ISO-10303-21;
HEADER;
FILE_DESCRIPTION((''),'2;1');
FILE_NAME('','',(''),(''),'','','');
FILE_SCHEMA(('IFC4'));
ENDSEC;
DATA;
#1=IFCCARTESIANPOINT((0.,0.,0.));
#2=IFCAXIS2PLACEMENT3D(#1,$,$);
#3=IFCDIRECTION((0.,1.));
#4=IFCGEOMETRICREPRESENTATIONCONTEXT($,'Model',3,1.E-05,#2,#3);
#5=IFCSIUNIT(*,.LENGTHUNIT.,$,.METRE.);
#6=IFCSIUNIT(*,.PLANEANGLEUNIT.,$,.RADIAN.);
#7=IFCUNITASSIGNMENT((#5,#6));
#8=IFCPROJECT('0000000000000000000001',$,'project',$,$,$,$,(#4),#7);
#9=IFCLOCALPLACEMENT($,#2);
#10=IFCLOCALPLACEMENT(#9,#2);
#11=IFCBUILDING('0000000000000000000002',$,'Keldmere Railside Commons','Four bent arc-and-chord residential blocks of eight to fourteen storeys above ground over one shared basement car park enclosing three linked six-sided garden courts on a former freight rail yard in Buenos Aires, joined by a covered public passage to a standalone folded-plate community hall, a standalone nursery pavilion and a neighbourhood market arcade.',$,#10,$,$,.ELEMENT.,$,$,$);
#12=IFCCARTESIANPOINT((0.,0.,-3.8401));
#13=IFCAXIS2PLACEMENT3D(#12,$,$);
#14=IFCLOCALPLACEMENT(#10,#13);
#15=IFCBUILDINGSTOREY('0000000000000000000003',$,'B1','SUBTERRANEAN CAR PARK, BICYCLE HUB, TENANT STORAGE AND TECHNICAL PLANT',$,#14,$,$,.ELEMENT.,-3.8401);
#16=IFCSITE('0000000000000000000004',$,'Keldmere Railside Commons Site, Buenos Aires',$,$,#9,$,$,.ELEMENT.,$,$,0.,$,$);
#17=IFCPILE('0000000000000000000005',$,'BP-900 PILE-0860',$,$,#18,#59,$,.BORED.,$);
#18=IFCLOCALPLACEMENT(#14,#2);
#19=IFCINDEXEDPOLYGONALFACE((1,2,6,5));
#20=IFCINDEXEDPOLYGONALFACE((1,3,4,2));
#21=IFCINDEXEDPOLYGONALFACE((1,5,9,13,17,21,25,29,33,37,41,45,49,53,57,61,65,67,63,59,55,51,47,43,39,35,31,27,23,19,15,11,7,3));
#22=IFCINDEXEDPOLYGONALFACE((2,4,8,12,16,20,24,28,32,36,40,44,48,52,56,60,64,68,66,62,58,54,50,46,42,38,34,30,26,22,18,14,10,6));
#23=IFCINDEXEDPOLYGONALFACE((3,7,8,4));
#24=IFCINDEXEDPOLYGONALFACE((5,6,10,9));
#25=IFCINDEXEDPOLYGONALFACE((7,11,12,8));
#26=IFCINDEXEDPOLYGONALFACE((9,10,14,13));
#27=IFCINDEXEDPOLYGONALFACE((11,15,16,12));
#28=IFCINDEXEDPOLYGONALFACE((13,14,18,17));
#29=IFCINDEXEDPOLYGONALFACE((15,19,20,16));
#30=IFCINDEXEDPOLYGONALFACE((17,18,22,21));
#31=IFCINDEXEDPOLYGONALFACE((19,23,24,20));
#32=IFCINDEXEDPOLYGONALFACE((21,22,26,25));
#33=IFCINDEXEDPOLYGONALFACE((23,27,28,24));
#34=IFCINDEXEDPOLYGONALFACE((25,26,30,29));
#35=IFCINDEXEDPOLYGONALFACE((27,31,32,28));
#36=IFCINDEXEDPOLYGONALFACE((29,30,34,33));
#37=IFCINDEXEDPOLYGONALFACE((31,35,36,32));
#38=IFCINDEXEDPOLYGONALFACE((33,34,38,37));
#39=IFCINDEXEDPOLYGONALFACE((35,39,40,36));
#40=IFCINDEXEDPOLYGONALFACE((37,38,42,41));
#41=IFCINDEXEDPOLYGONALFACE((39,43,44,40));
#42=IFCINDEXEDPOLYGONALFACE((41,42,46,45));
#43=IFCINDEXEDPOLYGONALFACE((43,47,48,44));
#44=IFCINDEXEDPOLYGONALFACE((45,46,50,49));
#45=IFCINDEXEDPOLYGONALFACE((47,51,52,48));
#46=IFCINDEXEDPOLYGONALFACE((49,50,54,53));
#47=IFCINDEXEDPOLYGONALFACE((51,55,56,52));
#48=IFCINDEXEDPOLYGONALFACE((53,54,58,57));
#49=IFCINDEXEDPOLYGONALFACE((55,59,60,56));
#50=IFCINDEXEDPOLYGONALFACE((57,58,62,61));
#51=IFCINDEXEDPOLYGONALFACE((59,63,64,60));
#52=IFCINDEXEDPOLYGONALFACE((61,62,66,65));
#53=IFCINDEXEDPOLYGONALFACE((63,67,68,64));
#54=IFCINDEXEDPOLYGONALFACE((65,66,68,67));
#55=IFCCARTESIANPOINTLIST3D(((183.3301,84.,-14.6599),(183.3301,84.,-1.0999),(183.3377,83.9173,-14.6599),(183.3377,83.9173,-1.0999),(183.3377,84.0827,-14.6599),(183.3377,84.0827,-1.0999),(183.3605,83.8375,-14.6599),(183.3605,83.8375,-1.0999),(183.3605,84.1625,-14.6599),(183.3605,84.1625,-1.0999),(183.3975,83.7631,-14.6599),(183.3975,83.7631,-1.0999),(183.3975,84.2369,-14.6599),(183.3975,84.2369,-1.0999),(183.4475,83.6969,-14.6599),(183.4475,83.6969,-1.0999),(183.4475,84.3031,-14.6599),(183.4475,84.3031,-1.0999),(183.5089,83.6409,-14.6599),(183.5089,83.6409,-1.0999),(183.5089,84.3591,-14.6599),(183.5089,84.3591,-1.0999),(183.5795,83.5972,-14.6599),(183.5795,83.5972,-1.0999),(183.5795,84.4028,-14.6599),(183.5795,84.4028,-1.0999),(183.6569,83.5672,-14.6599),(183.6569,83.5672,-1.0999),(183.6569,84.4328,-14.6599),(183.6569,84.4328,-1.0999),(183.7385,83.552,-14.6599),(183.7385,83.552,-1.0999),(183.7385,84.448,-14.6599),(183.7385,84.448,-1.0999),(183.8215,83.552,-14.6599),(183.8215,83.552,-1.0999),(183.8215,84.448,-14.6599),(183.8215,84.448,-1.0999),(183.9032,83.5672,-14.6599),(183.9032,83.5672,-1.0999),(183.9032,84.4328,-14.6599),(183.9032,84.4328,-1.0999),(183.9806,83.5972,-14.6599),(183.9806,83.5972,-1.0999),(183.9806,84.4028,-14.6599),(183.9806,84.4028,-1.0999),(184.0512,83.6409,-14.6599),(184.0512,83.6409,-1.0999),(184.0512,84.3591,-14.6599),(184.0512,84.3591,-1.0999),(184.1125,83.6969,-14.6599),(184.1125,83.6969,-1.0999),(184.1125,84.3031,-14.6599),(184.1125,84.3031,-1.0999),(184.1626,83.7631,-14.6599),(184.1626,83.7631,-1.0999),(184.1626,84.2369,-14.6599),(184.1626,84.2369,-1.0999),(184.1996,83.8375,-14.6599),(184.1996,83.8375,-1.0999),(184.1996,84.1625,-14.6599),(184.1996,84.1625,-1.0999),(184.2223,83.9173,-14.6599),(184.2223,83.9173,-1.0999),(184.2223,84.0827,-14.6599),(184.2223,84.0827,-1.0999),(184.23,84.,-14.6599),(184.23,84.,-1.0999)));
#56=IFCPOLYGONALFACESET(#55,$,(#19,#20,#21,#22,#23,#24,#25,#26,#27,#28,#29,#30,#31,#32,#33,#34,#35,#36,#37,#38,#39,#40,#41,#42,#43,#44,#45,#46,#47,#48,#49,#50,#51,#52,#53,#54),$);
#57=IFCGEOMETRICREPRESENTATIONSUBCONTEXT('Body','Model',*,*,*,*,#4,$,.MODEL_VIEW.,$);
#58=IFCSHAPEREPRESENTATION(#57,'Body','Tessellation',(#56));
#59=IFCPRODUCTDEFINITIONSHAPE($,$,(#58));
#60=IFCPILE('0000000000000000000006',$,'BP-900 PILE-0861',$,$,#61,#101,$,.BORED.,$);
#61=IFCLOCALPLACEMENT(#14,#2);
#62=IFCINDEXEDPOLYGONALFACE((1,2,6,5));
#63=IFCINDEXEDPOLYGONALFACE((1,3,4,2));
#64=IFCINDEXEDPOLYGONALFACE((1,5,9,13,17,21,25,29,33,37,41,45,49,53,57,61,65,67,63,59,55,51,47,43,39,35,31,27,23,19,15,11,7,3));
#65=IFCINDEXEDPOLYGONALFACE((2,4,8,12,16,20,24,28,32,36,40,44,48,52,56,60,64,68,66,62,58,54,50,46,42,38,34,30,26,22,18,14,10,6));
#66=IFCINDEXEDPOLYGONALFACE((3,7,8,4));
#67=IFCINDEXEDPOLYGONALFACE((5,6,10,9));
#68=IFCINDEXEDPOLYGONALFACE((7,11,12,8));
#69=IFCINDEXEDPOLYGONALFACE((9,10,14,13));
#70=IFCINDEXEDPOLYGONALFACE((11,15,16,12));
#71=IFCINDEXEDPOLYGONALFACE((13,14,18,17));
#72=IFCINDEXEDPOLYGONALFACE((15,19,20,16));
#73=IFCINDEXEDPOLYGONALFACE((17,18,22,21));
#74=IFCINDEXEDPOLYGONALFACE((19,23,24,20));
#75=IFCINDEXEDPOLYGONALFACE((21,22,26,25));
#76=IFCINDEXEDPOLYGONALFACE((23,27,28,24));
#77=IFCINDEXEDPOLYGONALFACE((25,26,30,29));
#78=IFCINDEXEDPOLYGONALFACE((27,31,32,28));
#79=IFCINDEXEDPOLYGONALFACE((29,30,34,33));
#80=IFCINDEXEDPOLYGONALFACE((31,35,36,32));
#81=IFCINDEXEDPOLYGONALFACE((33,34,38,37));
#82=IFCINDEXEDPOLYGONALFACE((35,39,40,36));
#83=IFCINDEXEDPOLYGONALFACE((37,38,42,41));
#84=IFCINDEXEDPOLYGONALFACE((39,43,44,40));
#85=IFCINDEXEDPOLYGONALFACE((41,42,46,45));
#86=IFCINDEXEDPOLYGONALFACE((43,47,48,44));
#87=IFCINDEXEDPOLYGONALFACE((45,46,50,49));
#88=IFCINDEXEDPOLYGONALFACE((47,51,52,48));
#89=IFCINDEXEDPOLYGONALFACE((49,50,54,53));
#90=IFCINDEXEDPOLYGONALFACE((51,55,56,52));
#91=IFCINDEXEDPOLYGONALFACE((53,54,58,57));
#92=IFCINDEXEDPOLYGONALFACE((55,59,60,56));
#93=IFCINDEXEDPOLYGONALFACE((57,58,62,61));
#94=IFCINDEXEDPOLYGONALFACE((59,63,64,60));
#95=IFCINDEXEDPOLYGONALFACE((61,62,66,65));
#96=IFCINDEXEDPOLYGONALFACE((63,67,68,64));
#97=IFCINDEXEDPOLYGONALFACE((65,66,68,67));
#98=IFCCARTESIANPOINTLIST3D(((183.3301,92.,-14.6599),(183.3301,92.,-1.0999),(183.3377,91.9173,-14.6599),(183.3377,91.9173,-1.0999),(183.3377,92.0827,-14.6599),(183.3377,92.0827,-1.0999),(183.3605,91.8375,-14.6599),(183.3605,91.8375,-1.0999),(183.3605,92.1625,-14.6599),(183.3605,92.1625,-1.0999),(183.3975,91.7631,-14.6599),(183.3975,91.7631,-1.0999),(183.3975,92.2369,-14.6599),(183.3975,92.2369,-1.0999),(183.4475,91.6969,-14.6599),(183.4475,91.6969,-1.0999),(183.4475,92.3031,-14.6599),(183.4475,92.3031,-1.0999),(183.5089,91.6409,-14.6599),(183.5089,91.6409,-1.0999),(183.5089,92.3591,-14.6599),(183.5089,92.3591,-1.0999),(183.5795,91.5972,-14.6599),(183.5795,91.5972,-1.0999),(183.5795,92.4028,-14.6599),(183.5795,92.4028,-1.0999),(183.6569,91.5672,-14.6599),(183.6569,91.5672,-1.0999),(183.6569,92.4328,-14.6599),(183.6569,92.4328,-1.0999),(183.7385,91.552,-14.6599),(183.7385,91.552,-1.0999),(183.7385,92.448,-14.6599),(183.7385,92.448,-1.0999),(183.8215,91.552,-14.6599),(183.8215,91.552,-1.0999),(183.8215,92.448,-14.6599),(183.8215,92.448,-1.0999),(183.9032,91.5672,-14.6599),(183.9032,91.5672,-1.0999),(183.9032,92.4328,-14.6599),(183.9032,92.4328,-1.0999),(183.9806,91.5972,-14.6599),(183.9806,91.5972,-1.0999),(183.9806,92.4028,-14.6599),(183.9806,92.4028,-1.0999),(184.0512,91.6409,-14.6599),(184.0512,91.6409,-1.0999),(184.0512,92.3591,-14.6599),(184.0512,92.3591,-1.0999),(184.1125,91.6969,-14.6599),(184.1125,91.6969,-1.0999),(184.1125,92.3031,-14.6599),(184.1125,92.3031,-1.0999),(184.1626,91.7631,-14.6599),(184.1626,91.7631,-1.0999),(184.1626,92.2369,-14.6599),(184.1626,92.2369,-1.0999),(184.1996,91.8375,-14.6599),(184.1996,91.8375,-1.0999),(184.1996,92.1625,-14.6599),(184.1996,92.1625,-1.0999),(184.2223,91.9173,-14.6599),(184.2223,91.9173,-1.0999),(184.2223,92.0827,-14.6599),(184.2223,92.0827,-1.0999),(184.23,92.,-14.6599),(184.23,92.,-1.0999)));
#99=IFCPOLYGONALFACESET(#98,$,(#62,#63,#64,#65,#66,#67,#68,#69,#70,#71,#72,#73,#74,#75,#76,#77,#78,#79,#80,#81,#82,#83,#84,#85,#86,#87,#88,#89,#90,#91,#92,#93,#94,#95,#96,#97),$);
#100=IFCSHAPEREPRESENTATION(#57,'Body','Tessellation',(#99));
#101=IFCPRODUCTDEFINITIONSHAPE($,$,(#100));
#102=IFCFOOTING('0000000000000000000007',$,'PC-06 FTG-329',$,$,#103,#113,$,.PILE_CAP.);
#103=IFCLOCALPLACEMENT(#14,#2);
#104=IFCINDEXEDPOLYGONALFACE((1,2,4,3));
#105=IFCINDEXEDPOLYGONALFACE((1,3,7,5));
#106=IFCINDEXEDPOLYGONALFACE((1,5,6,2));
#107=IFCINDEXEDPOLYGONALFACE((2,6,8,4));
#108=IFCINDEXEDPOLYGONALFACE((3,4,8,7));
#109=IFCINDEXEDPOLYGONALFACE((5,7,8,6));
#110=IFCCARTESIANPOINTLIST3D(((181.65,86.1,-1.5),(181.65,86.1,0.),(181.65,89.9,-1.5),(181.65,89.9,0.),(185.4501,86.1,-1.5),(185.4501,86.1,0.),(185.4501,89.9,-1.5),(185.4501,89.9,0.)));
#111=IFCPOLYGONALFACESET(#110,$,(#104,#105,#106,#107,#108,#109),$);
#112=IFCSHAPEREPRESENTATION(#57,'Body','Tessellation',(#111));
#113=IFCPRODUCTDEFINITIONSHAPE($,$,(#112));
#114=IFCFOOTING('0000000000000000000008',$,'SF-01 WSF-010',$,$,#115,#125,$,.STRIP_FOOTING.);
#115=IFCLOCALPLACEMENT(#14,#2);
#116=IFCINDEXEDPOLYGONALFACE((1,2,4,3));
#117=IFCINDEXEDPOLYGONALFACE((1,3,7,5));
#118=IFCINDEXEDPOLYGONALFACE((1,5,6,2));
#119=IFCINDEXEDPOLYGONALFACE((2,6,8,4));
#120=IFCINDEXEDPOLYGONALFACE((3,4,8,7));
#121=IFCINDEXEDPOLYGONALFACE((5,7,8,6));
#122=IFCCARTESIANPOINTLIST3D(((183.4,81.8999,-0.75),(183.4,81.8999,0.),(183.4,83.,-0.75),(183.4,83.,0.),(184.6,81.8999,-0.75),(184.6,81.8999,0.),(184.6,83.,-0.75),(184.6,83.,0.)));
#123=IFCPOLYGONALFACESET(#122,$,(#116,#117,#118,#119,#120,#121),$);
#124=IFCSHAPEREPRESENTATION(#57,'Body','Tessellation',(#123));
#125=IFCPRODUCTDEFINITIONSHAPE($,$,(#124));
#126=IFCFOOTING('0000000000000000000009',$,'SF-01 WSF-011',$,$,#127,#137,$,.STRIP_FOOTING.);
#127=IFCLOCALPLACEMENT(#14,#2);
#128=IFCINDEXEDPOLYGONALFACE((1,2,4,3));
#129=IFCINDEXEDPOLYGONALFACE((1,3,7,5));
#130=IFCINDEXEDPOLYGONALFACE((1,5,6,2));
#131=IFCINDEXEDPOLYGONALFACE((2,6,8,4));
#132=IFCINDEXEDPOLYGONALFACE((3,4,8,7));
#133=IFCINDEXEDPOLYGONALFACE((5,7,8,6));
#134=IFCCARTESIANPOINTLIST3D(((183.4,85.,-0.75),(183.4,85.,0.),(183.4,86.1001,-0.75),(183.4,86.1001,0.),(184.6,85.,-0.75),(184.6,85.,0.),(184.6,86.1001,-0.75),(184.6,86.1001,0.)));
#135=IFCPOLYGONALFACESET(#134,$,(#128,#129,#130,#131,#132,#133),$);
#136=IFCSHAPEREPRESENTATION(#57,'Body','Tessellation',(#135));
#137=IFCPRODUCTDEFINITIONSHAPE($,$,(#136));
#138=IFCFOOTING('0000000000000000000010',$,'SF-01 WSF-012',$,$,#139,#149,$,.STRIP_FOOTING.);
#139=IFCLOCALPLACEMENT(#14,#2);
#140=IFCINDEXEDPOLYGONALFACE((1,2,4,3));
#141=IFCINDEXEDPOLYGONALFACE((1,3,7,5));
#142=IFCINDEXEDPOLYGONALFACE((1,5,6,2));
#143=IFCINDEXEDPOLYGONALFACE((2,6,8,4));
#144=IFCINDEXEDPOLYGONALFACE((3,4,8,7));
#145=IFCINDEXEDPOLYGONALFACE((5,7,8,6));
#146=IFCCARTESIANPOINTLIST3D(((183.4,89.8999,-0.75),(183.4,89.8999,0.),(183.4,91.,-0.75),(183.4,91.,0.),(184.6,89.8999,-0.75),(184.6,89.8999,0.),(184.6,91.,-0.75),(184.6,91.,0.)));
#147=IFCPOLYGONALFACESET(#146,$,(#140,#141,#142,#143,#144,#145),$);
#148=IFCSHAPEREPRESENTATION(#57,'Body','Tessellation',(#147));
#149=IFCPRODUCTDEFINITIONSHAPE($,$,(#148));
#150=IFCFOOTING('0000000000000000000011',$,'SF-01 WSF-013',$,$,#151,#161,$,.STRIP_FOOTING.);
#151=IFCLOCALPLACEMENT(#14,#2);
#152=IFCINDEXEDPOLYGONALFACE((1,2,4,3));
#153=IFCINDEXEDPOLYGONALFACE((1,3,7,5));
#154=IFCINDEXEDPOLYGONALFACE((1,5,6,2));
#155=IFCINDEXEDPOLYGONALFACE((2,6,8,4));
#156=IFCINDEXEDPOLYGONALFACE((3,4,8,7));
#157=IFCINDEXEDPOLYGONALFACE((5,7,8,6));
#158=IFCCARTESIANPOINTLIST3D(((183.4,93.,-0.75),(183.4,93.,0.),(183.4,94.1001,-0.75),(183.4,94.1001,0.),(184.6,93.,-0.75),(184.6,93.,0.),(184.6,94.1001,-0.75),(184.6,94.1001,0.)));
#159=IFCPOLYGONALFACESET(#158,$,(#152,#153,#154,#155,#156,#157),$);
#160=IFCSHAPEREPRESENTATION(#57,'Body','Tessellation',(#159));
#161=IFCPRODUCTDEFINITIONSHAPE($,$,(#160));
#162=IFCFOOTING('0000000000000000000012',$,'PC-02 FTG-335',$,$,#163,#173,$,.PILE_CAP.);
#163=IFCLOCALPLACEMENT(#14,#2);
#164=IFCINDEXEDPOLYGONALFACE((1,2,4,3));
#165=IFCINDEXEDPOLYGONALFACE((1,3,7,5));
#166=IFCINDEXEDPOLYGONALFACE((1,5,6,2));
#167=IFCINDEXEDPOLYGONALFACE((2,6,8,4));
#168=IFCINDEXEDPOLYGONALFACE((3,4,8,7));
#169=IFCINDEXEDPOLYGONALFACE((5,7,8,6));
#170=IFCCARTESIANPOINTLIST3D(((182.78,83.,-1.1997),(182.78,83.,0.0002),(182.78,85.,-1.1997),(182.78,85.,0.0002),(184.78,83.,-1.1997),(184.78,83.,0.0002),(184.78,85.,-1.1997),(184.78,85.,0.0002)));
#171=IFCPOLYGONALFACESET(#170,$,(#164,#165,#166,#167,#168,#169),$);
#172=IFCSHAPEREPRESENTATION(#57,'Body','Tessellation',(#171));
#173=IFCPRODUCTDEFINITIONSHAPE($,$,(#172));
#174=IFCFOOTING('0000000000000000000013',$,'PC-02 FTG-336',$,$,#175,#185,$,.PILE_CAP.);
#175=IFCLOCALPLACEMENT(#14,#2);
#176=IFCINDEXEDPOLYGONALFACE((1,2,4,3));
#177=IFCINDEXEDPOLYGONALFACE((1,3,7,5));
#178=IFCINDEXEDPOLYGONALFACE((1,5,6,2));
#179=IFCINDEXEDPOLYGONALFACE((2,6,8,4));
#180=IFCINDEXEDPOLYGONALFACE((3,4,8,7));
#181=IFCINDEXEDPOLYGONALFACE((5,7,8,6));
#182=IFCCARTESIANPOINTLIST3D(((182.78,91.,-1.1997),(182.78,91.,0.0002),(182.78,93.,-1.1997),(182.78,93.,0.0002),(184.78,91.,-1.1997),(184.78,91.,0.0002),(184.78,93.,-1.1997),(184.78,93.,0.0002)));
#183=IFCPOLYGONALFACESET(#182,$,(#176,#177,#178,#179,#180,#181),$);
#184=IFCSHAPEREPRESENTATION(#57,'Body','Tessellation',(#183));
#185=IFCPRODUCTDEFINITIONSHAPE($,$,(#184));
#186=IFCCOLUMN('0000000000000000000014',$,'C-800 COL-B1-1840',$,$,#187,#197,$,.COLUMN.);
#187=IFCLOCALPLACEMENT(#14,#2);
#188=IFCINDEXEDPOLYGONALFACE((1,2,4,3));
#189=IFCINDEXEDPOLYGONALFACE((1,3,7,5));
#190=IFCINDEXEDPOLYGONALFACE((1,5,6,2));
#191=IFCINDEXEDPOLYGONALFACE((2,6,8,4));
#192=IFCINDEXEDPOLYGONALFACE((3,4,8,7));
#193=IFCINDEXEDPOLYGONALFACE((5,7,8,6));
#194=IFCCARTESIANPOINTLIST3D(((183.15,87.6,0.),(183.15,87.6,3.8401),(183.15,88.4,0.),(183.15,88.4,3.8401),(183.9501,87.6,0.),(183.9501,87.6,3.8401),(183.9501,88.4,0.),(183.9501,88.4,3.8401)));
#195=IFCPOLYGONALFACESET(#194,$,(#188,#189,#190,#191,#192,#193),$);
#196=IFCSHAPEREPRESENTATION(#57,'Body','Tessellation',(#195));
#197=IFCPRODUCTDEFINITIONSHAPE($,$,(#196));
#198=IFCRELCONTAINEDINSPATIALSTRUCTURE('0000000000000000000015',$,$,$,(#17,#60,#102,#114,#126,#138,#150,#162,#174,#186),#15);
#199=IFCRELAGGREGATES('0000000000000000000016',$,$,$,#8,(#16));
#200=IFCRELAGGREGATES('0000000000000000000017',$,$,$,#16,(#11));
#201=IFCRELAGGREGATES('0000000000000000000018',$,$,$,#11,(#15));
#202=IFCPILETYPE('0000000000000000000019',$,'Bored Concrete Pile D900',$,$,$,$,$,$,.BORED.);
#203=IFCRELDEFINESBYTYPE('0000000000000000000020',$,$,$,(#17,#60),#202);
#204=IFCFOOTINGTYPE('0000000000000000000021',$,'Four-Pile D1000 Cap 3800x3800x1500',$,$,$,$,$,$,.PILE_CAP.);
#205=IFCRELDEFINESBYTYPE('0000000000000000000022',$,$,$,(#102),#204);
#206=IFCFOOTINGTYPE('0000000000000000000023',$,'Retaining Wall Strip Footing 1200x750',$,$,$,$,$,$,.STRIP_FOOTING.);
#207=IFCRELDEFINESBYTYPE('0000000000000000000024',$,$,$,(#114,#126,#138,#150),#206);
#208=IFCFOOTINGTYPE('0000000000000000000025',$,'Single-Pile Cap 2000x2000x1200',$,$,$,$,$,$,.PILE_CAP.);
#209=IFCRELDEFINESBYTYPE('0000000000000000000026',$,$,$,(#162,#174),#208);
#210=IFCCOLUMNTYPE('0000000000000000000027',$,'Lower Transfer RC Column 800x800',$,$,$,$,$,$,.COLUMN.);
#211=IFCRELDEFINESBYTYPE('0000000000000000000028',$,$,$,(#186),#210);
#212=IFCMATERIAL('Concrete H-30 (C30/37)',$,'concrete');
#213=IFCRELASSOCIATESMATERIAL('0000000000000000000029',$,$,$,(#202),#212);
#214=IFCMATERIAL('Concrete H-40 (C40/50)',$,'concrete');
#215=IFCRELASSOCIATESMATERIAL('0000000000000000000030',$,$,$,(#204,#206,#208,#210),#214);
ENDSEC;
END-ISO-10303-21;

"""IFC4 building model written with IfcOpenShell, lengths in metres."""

from ifc_helpers import new_model, si_unit, direction, frame, origin, origin_2d, place, context, subcontext, project, spatial, rectangle, circle, extrude, material, material_profile, profile_set, type_object, element, save


model = new_model("IFC4")

# Units and contexts
model_context = context("Model", 3, precision=1e-05, world=origin(), true_north=direction((0.0, 1.0)))
body_context = subcontext(model_context, "Body", "Model", "MODEL_VIEW")
ifc_project = project(units=[si_unit("LENGTHUNIT", "METRE"), si_unit("PLANEANGLEUNIT", "RADIAN")], contexts=[model_context])

# Site, building, storey
site_placement = place(None, origin())
site = spatial("IfcSite", under=ifc_project, at=site_placement, Name="Keldmere Railside Commons Site, Buenos Aires", CompositionType="ELEMENT", RefElevation=0.0)
building_placement = place(site_placement, origin())
building = spatial("IfcBuilding", under=site, at=building_placement, Name="Keldmere Railside Commons", Description="Four bent arc-and-chord residential blocks of eight to fourteen storeys above ground over one shared basement car park enclosing three linked six-sided garden courts on a former freight rail yard in Buenos Aires, joined by a covered public passage to a standalone folded-plate community hall, a standalone nursery pavilion and a neighbourhood market arcade.", CompositionType="ELEMENT")
storey_placement = place(building_placement, frame((0.0, 0.0, -3.8401)))
storey = spatial("IfcBuildingStorey", under=building, at=storey_placement, Name="B1", Description="SUBTERRANEAN CAR PARK, BICYCLE HUB, TENANT STORAGE AND TECHNICAL PLANT", CompositionType="ELEMENT", Elevation=-3.8401)

# Piles
ifc_material_1 = material(Name="Concrete H-30 (C30/37)", Category="concrete")
ifc_material_profile_1 = material_profile(ifc_material_1, circle(Radius=0.45, at=origin_2d()), Name="PILE-D900")
ifc_profile_set_1 = profile_set([ifc_material_profile_1], Name="Concrete H-30 (C30/37)")
pile_type_1 = type_object("IfcPileType", Name="Bored Concrete Pile D900", PredefinedType="BORED", material=ifc_profile_set_1)
for number, where, z_axis, x_axis, name in (
    (1, (183.78, 84.0, -1.0999), (0.0, 0.0, -1.0), (1.0, 0.0, 0.0), "BP-900 PILE-0860"),
    (2, (183.78, 92.0, -1.0999), (0.0, 0.0, -1.0), (1.0, 0.0, 0.0), "BP-900 PILE-0861"),
):
    element("IfcPile", number, at=place(storey_placement, frame(where, z_axis=z_axis, x_axis=x_axis)), inside=storey, type_object=pile_type_1, Name=name, PredefinedType="BORED", context=body_context, shape_type="SweptSolid", body=[
        extrude(circle(Radius=0.45, at=origin_2d()), origin(), (0.0, 0.0, 1.0), 13.5601),
    ])

# Footings
ifc_material_2 = material(Name="Concrete H-40 (C40/50)", Category="concrete")
footing_type_1 = type_object("IfcFootingType", Name="Four-Pile D1000 Cap 3800x3800x1500", PredefinedType="PILE_CAP", material=ifc_material_2)
footing_placement = place(storey_placement, frame((183.55, 88.0, -1.5), z_axis=(0.0, 0.0, 1.0), x_axis=(1.0, 0.0, 0.0)))
element("IfcFooting", 3, at=footing_placement, inside=storey, type_object=footing_type_1, Name="PC-06 FTG-329", PredefinedType="PILE_CAP", context=body_context, shape_type="SweptSolid", body=[
    extrude(rectangle(XDim=3.8, YDim=3.8, at=origin_2d()), origin(), (0.0, 0.0, 1.0), 1.5),
])
footing_type_2 = type_object("IfcFootingType", Name="Retaining Wall Strip Footing 1200x750", PredefinedType="STRIP_FOOTING", material=ifc_material_2)
for number, where, z_axis, x_axis, name in (
    (4, (184.0, 82.45, -0.75), (0.0, 0.0, 1.0), (0.0, 1.0, 0.0), "SF-01 WSF-010"),
    (5, (184.0, 85.55, -0.75), (0.0, 0.0, 1.0), (0.0, 1.0, 0.0), "SF-01 WSF-011"),
    (6, (184.0, 90.45, -0.75), (0.0, 0.0, 1.0), (0.0, 1.0, 0.0), "SF-01 WSF-012"),
    (7, (184.0, 93.55, -0.75), (0.0, 0.0, 1.0), (0.0, 1.0, 0.0), "SF-01 WSF-013"),
):
    element("IfcFooting", number, at=place(storey_placement, frame(where, z_axis=z_axis, x_axis=x_axis)), inside=storey, type_object=footing_type_2, Name=name, PredefinedType="STRIP_FOOTING", context=body_context, shape_type="SweptSolid", body=[
        extrude(rectangle(XDim=1.1001, YDim=1.2, at=origin_2d()), origin(), (0.0, 0.0, 1.0), 0.75),
    ])
footing_type_3 = type_object("IfcFootingType", Name="Single-Pile Cap 2000x2000x1200", PredefinedType="PILE_CAP", material=ifc_material_2)
for number, where, z_axis, x_axis, name in (
    (8, (183.78, 84.0, -1.1997), (0.0, 0.0, 1.0), (1.0, 0.0, 0.0), "PC-02 FTG-335"),
    (9, (183.78, 92.0, -1.1997), (0.0, 0.0, 1.0), (1.0, 0.0, 0.0), "PC-02 FTG-336"),
):
    element("IfcFooting", number, at=place(storey_placement, frame(where, z_axis=z_axis, x_axis=x_axis)), inside=storey, type_object=footing_type_3, Name=name, PredefinedType="PILE_CAP", context=body_context, shape_type="SweptSolid", body=[
        extrude(rectangle(XDim=2.0, YDim=2.0, at=origin_2d()), origin(), (0.0, 0.0, 1.0), 1.2),
    ])

# Column
ifc_material_profile_2 = material_profile(ifc_material_2, rectangle(XDim=0.8, YDim=0.8, at=origin_2d()), Name="RC-800x800")
ifc_profile_set_2 = profile_set([ifc_material_profile_2], Name="Concrete H-40 (C40/50)")
column_type_1 = type_object("IfcColumnType", Name="Lower Transfer RC Column 800x800", PredefinedType="COLUMN", material=ifc_profile_set_2)
column_placement = place(storey_placement, frame((183.55, 88.0, 0.0), z_axis=(0.0, 0.0, 1.0), x_axis=(1.0, 0.0, 0.0)))
element("IfcColumn", 10, at=column_placement, inside=storey, type_object=column_type_1, Name="C-800 COL-B1-1840", PredefinedType="COLUMN", context=body_context, shape_type="SweptSolid", body=[
    extrude(rectangle(XDim=0.8, YDim=0.8, at=origin_2d()), origin(), (0.0, 0.0, 1.0), 3.8401),
])

save(model, "model.ifc")
